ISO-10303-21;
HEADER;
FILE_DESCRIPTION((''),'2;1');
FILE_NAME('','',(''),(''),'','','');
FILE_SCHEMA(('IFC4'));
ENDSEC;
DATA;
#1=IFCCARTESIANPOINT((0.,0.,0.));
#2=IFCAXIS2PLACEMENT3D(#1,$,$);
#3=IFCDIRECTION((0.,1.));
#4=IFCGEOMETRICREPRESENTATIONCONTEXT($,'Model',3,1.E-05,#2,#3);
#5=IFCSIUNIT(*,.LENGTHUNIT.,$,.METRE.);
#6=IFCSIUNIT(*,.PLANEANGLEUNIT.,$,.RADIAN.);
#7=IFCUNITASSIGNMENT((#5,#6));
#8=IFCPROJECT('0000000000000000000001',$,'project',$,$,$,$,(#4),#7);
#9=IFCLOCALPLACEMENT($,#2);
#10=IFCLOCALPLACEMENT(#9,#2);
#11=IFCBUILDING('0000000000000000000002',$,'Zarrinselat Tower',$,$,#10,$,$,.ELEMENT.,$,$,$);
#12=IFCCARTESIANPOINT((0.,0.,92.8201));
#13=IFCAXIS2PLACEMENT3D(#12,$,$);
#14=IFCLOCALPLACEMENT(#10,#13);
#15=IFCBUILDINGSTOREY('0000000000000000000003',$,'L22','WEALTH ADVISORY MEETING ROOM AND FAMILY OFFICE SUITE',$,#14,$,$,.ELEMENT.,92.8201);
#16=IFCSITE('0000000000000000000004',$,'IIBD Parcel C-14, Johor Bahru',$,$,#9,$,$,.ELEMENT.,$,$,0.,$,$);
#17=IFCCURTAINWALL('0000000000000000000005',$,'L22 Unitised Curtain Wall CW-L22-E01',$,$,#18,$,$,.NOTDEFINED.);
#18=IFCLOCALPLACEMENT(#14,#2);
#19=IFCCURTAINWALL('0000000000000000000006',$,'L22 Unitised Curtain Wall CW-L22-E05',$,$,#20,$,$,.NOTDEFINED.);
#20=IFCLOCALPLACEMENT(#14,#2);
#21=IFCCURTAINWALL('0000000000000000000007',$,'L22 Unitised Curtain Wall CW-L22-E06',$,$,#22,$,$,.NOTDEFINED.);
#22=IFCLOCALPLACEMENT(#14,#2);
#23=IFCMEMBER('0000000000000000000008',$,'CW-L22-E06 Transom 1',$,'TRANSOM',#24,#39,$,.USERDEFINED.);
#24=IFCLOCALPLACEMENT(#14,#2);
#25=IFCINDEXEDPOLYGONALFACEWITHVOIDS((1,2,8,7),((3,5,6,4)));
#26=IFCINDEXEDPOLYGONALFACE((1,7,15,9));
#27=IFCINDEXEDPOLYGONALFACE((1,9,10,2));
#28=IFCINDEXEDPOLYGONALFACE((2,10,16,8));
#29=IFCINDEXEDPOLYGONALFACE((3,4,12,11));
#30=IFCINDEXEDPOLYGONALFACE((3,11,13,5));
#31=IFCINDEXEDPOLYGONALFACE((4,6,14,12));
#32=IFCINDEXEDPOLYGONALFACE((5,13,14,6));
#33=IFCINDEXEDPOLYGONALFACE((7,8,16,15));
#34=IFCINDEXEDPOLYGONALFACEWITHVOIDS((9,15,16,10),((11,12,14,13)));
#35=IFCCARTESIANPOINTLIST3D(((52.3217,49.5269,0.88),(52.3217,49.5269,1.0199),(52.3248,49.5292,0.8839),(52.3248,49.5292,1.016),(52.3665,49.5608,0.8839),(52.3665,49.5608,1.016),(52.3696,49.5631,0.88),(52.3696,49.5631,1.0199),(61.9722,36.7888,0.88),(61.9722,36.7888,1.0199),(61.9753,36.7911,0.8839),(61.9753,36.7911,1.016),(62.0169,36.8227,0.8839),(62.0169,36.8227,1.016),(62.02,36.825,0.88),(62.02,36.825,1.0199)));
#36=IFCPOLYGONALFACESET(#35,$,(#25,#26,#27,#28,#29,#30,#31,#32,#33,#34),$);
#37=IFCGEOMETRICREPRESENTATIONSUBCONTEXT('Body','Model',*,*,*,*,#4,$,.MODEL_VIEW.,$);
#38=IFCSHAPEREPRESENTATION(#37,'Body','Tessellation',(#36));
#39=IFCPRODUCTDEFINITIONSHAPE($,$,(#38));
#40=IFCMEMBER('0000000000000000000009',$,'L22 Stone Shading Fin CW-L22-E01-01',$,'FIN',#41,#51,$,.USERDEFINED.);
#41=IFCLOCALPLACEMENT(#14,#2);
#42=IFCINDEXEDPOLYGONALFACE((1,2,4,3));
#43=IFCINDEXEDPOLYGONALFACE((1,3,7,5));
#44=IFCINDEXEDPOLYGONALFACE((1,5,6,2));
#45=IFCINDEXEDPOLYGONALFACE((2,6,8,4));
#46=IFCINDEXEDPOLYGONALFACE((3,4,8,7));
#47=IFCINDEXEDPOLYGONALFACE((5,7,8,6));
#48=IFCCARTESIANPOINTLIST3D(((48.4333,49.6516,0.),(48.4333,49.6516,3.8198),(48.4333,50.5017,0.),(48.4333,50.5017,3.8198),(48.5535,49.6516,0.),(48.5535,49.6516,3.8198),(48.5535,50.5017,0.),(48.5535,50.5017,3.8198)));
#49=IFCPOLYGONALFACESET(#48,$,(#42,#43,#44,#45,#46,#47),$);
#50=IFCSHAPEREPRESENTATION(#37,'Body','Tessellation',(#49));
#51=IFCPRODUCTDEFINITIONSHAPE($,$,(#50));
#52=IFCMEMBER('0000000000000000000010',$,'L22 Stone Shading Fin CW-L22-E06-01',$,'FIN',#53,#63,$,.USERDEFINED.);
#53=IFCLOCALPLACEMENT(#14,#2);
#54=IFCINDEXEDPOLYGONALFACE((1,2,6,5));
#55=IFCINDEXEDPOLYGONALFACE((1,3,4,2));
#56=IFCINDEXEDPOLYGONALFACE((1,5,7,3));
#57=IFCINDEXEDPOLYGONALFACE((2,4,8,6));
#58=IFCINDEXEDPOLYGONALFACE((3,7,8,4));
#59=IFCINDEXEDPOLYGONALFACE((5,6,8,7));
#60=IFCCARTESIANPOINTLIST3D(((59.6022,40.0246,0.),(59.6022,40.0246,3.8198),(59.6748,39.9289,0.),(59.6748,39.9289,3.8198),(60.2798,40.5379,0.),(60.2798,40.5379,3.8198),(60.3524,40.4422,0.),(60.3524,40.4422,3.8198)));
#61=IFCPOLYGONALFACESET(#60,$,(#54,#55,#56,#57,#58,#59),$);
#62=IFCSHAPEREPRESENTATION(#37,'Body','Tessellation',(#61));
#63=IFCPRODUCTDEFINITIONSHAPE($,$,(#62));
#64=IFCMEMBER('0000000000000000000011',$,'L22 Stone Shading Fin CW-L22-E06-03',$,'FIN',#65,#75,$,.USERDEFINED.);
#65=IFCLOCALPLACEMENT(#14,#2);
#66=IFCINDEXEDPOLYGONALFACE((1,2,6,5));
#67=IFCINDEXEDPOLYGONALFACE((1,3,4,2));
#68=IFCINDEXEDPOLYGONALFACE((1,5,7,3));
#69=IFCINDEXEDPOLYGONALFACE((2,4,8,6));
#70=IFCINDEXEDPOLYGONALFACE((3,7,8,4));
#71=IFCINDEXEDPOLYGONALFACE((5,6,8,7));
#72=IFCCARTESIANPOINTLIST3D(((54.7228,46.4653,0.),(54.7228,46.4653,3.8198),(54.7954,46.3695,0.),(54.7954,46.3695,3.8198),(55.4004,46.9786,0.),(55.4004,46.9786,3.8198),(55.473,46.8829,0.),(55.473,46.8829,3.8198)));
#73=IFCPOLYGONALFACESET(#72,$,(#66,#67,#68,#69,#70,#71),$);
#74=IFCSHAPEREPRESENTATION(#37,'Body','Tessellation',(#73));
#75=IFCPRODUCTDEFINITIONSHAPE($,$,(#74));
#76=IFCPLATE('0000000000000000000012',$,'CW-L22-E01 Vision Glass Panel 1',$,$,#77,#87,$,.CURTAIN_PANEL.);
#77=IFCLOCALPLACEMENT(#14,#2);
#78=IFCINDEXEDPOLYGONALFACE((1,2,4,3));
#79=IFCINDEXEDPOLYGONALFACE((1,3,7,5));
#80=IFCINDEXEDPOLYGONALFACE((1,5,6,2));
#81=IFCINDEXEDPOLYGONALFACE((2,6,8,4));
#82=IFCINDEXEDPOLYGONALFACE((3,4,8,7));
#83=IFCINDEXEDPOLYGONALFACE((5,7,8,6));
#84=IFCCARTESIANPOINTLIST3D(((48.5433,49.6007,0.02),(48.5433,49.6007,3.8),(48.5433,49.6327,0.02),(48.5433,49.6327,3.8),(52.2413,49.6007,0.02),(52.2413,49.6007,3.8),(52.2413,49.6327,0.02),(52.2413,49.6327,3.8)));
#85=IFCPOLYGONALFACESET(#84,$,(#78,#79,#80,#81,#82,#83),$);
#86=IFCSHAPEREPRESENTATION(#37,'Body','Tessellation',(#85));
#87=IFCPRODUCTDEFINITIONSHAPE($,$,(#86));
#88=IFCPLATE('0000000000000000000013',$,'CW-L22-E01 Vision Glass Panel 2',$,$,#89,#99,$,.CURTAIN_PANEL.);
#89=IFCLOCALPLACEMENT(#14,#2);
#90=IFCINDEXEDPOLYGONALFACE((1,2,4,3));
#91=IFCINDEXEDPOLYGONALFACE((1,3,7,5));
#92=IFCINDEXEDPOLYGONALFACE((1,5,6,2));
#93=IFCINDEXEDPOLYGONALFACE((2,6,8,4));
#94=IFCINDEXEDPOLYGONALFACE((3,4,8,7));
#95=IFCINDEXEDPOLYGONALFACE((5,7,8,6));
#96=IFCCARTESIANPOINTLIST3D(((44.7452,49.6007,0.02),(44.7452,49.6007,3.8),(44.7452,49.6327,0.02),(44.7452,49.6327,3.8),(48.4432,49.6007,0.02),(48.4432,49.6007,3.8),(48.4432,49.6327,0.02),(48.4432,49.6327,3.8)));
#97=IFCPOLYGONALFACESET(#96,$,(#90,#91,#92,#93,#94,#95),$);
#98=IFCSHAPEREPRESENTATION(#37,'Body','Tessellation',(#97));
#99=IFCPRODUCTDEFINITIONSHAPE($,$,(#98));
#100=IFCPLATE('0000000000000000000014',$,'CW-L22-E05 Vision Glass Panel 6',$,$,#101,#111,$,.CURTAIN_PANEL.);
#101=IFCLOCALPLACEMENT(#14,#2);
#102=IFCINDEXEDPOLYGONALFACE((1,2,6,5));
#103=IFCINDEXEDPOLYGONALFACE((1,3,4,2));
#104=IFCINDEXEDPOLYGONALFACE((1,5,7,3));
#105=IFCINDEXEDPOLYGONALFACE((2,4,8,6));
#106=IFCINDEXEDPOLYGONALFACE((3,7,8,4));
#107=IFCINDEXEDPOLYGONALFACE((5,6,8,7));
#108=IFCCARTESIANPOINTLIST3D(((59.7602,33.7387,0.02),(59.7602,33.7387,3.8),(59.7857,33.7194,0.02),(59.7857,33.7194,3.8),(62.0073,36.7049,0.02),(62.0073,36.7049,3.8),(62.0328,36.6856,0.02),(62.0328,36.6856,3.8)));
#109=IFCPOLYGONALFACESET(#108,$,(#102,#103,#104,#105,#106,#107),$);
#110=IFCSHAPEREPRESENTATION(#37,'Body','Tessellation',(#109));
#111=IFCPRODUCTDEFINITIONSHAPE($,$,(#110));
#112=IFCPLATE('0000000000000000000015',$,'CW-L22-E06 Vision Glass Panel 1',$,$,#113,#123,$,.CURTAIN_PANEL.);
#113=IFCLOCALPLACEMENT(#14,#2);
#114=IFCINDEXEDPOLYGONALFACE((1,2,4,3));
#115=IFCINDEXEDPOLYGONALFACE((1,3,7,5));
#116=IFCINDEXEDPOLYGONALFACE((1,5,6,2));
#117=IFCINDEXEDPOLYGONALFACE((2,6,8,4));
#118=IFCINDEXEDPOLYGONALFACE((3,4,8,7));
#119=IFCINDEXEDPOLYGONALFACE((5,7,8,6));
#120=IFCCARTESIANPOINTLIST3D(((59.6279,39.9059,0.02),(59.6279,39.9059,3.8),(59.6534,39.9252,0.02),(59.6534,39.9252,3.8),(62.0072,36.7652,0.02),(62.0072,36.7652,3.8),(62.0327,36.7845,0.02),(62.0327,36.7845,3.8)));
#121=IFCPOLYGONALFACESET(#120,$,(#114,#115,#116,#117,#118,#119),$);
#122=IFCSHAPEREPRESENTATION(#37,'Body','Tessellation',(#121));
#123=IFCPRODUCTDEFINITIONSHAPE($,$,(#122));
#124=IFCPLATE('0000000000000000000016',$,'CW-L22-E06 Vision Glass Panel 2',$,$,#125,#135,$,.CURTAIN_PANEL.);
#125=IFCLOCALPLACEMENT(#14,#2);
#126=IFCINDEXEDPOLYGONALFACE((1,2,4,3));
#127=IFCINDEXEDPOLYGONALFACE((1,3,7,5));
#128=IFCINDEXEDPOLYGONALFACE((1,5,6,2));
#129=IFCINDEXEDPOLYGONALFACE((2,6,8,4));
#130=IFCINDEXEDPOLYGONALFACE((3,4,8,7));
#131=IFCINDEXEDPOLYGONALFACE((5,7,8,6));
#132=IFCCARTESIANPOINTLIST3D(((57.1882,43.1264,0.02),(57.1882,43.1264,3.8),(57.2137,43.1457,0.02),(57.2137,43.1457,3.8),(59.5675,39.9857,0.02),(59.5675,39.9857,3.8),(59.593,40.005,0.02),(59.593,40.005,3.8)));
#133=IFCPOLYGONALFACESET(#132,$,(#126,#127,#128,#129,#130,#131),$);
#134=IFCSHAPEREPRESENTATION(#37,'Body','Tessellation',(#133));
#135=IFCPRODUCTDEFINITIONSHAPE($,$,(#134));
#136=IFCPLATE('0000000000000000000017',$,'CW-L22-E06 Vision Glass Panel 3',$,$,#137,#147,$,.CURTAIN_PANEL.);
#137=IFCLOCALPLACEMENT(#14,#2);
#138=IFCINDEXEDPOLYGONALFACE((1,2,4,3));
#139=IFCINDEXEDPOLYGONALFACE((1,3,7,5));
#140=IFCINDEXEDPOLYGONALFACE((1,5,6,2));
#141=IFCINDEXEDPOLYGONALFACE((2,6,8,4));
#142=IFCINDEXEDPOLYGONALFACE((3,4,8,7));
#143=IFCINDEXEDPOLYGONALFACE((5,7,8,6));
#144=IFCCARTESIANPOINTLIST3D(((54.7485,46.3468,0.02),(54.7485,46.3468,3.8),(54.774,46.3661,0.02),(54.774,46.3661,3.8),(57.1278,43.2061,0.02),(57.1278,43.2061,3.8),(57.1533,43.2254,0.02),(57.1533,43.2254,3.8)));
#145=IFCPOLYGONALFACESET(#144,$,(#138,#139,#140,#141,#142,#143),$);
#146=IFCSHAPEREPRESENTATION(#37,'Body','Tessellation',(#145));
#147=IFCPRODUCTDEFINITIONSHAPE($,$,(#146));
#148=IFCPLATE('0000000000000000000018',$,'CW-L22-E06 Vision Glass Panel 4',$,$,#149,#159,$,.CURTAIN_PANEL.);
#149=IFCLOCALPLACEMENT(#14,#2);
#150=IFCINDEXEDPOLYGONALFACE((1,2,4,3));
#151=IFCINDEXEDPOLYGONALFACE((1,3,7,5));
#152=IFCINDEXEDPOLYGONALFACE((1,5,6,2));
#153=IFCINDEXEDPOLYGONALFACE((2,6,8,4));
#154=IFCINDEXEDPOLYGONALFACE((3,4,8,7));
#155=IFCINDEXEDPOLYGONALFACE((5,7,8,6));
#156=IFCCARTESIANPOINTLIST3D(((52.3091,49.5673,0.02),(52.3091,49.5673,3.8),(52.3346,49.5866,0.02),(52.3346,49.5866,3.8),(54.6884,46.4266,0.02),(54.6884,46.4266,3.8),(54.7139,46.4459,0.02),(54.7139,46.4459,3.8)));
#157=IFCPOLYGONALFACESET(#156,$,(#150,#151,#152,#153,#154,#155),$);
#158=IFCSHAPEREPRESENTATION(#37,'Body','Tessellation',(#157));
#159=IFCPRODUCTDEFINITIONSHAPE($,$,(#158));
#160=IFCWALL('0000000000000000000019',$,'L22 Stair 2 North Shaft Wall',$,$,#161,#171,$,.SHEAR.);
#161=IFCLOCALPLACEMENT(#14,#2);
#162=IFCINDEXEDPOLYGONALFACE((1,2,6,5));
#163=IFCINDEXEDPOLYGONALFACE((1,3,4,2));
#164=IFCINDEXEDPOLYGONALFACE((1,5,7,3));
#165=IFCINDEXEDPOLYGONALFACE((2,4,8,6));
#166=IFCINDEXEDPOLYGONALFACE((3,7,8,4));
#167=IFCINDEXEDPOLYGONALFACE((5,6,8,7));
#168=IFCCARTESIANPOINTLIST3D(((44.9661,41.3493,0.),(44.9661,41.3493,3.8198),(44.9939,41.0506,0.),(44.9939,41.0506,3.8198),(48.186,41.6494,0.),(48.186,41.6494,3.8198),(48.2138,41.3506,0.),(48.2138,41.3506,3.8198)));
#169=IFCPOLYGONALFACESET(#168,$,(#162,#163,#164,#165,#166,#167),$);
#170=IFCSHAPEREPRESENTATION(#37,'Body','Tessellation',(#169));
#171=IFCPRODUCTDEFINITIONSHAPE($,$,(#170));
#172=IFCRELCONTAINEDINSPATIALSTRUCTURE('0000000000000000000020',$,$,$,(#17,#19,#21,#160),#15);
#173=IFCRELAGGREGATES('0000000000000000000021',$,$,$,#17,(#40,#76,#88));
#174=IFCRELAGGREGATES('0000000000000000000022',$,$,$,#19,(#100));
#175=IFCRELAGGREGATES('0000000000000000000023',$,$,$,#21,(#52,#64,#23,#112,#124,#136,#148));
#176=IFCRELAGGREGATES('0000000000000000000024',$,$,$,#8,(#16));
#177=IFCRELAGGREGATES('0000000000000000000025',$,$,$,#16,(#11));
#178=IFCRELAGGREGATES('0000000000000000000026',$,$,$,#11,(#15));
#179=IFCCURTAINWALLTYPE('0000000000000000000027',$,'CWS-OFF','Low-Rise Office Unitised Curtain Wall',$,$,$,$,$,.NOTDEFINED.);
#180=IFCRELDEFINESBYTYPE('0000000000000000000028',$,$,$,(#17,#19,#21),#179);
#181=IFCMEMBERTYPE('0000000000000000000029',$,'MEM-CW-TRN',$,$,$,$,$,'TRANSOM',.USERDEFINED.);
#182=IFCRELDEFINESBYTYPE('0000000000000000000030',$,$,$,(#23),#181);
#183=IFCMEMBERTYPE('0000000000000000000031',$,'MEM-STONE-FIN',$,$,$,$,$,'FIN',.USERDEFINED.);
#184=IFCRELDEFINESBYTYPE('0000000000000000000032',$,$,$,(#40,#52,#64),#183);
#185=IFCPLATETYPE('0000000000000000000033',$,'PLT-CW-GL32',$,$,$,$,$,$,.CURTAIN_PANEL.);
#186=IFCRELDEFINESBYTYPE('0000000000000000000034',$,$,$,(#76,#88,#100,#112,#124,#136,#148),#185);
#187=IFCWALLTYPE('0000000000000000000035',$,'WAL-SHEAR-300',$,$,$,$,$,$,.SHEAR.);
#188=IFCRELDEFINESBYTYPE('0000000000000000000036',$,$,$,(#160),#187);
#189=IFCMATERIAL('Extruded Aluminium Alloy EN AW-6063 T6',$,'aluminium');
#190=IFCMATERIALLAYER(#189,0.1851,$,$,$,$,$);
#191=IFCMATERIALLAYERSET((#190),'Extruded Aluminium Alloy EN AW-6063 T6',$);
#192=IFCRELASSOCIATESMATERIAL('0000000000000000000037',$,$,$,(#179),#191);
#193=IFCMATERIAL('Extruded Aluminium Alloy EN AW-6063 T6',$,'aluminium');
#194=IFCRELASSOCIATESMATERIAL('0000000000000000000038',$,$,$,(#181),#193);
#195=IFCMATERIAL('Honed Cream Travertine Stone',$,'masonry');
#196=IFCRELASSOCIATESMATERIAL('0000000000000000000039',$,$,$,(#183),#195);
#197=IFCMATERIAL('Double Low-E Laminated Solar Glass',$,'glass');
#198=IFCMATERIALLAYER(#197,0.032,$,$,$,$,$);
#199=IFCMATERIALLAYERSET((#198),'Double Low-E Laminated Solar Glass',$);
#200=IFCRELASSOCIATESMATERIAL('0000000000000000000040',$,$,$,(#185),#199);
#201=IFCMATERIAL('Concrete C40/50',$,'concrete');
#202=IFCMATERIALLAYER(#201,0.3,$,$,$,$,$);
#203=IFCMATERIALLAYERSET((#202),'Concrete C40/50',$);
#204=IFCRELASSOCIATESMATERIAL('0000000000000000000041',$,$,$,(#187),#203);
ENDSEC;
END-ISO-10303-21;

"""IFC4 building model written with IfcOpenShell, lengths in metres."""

from ifc_helpers import new_model, si_unit, direction, frame, frame_2d, origin, origin_2d, place, context, subcontext, project, spatial, rectangle, hollow_rectangle, extrude, material, layer, layer_set, material_profile, profile_set, type_object, element, aggregate, save


model = new_model("IFC4")

# Units and contexts
model_context = context("Model", 3, precision=1e-05, world=origin(), true_north=direction((0.0, 1.0)))
body_context = subcontext(model_context, "Body", "Model", "MODEL_VIEW")
ifc_project = project(units=[si_unit("LENGTHUNIT", "METRE"), si_unit("PLANEANGLEUNIT", "RADIAN")], contexts=[model_context])

# Site, building, storey
site_placement = place(None, origin())
site = spatial("IfcSite", under=ifc_project, at=site_placement, Name="IIBD Parcel C-14, Johor Bahru", CompositionType="ELEMENT", RefElevation=0.0)
building_placement = place(site_placement, origin())
building = spatial("IfcBuilding", under=site, at=building_placement, Name="Zarrinselat Tower", CompositionType="ELEMENT")
storey_placement = place(building_placement, frame((0.0, 0.0, 92.8201)))
storey = spatial("IfcBuildingStorey", under=building, at=storey_placement, Name="L22", Description="WEALTH ADVISORY MEETING ROOM AND FAMILY OFFICE SUITE", CompositionType="ELEMENT", Elevation=92.8201)

# Curtain wall
ifc_material_1 = material(Name="Extruded Aluminium Alloy EN AW-6063 T6", Category="aluminium")
ifc_layer_1 = layer(ifc_material_1, 0.1851)
ifc_layer_set_1 = layer_set([ifc_layer_1], Name="Extruded Aluminium Alloy EN AW-6063 T6")
curtain_wall_type = type_object("IfcCurtainWallType", Name="CWS-OFF", Description="Low-Rise Office Unitised Curtain Wall", PredefinedType="NOTDEFINED", material=ifc_layer_set_1)
curtain_wall_1_placement = place(storey_placement, origin())
curtain_wall_1 = element("IfcCurtainWall", 1, at=curtain_wall_1_placement, inside=storey, type_object=curtain_wall_type, Name="L22 Unitised Curtain Wall CW-L22-E01", PredefinedType="NOTDEFINED")

# Curtain wall
curtain_wall_2_placement = place(storey_placement, origin())
curtain_wall_2 = element("IfcCurtainWall", 2, at=curtain_wall_2_placement, inside=storey, type_object=curtain_wall_type, Name="L22 Unitised Curtain Wall CW-L22-E05", PredefinedType="NOTDEFINED")

# Curtain wall
curtain_wall_3_placement = place(storey_placement, origin())
curtain_wall_3 = element("IfcCurtainWall", 3, at=curtain_wall_3_placement, inside=storey, type_object=curtain_wall_type, Name="L22 Unitised Curtain Wall CW-L22-E06", PredefinedType="NOTDEFINED")

# Members
ifc_material_2 = material(Name="Extruded Aluminium Alloy EN AW-6063 T6", Category="aluminium")
ifc_material_profile_1 = material_profile(ifc_material_2, hollow_rectangle(XDim=0.0601, YDim=0.1399, WallThickness=0.0039, at=origin_2d()), Name="RHS 140x60x4")
ifc_profile_set_1 = profile_set([ifc_material_profile_1], Name="Extruded Aluminium Alloy EN AW-6063 T6")
member_type_1 = type_object("IfcMemberType", Name="MEM-CW-TRN", ElementType="TRANSOM", PredefinedType="USERDEFINED", material=ifc_profile_set_1)
member_1_placement = place(storey_placement, frame((61.9961, 36.8069, 0.95), z_axis=(-0.603872, 0.797081, 0.0), x_axis=(-0.797081, -0.603872, 0.0)))
member_1 = element("IfcMember", 4, at=member_1_placement, type_object=member_type_1, Name="CW-L22-E06 Transom 1", ObjectType="TRANSOM", PredefinedType="USERDEFINED", context=body_context, shape_type="SweptSolid", body=[
    extrude(hollow_rectangle(XDim=0.0601, YDim=0.1399, WallThickness=0.0039, at=origin_2d()), origin(), (0.0, 0.0, 1.0), 15.981),
])
ifc_material_3 = material(Name="Honed Cream Travertine Stone", Category="masonry")
ifc_material_profile_2 = material_profile(ifc_material_3, rectangle(XDim=0.1201, YDim=0.8501, at=origin_2d()), Name="FIN 850x120")
ifc_profile_set_2 = profile_set([ifc_material_profile_2], Name="Honed Cream Travertine Stone")
member_type_2 = type_object("IfcMemberType", Name="MEM-STONE-FIN", ElementType="FIN", PredefinedType="USERDEFINED", material=ifc_profile_set_2)
member_2_placement = place(storey_placement, frame((48.4934, 50.0767, 0.0), z_axis=(0.0, 0.0, 1.0), x_axis=(1.0, 0.0, 0.0)))
member_2 = element("IfcMember", 5, at=member_2_placement, type_object=member_type_2, Name="L22 Stone Shading Fin CW-L22-E01-01", ObjectType="FIN", PredefinedType="USERDEFINED", context=body_context, shape_type="SweptSolid", body=[
    extrude(rectangle(XDim=0.1201, YDim=0.8501, at=origin_2d()), origin(), (0.0, 0.0, 1.0), 3.8198),
])
member_3_placement = place(storey_placement, frame((59.9773, 40.2334, 0.0), z_axis=(0.0, 0.0, 1.0), x_axis=(0.603858, -0.797092, 0.0)))
member_3 = element("IfcMember", 6, at=member_3_placement, type_object=member_type_2, Name="L22 Stone Shading Fin CW-L22-E06-01", ObjectType="FIN", PredefinedType="USERDEFINED", context=body_context, shape_type="SweptSolid", body=[
    extrude(rectangle(XDim=0.1201, YDim=0.8501, at=origin_2d()), origin(), (0.0, 0.0, 1.0), 3.8198),
])
member_4_placement = place(storey_placement, frame((55.0979, 46.6741, 0.0), z_axis=(0.0, 0.0, 1.0), x_axis=(0.603858, -0.797092, 0.0)))
member_4 = element("IfcMember", 7, at=member_4_placement, type_object=member_type_2, Name="L22 Stone Shading Fin CW-L22-E06-03", ObjectType="FIN", PredefinedType="USERDEFINED", context=body_context, shape_type="SweptSolid", body=[
    extrude(rectangle(XDim=0.1201, YDim=0.8501, at=origin_2d()), origin(), (0.0, 0.0, 1.0), 3.8198),
])

# Plates
ifc_material_4 = material(Name="Double Low-E Laminated Solar Glass", Category="glass")
ifc_layer_2 = layer(ifc_material_4, 0.032)
ifc_layer_set_2 = layer_set([ifc_layer_2], Name="Double Low-E Laminated Solar Glass")
plate_type = type_object("IfcPlateType", Name="PLT-CW-GL32", PredefinedType="CURTAIN_PANEL", material=ifc_layer_set_2)
plate_1_placement = place(storey_placement, frame((50.3923, 49.6167, 0.02), z_axis=(0.0, 0.0, 1.0), x_axis=(-1.0, 0.0, 0.0)))
plate_1 = element("IfcPlate", 8, at=plate_1_placement, type_object=plate_type, Name="CW-L22-E01 Vision Glass Panel 1", PredefinedType="CURTAIN_PANEL", context=body_context, shape_type="SweptSolid", body=[
    extrude(rectangle(XDim=3.698, YDim=0.032, at=origin_2d()), origin(), (0.0, 0.0, 1.0), 3.78),
])
plate_2_placement = place(storey_placement, frame((46.5942, 49.6167, 0.02), z_axis=(0.0, 0.0, 1.0), x_axis=(-1.0, 0.0, 0.0)))
plate_2 = element("IfcPlate", 9, at=plate_2_placement, type_object=plate_type, Name="CW-L22-E01 Vision Glass Panel 2", PredefinedType="CURTAIN_PANEL", context=body_context, shape_type="SweptSolid", body=[
    extrude(rectangle(XDim=3.698, YDim=0.032, at=origin_2d()), origin(), (0.0, 0.0, 1.0), 3.78),
])
aggregate(curtain_wall_1, [member_2, plate_1, plate_2])
plate_3_placement = place(storey_placement, frame((60.8965, 35.2122, 0.02), z_axis=(0.0, 0.0, 1.0), x_axis=(0.603856, 0.797094, 0.0)))
plate_3 = element("IfcPlate", 10, at=plate_3_placement, type_object=plate_type, Name="CW-L22-E05 Vision Glass Panel 6", PredefinedType="CURTAIN_PANEL", context=body_context, shape_type="SweptSolid", body=[
    extrude(rectangle(XDim=3.7212, YDim=0.032, at=origin_2d()), origin(), (0.0, 0.0, 1.0), 3.78),
])
aggregate(curtain_wall_2, [plate_3])
plate_4_placement = place(storey_placement, frame((60.8303, 38.3452, 0.02), z_axis=(0.0, 0.0, 1.0), x_axis=(-0.603858, 0.797092, 0.0)))
plate_4 = element("IfcPlate", 11, at=plate_4_placement, type_object=plate_type, Name="CW-L22-E06 Vision Glass Panel 1", PredefinedType="CURTAIN_PANEL", context=body_context, shape_type="SweptSolid", body=[
    extrude(rectangle(XDim=3.9402, YDim=0.032, at=origin_2d()), origin(), (0.0, 0.0, 1.0), 3.78),
])
plate_5_placement = place(storey_placement, frame((58.3906, 41.5657, 0.02), z_axis=(0.0, 0.0, 1.0), x_axis=(-0.603858, 0.797092, 0.0)))
plate_5 = element("IfcPlate", 12, at=plate_5_placement, type_object=plate_type, Name="CW-L22-E06 Vision Glass Panel 2", PredefinedType="CURTAIN_PANEL", context=body_context, shape_type="SweptSolid", body=[
    extrude(rectangle(XDim=3.9402, YDim=0.032, at=origin_2d()), origin(), (0.0, 0.0, 1.0), 3.78),
])
plate_6_placement = place(storey_placement, frame((55.9509, 44.7861, 0.02), z_axis=(0.0, 0.0, 1.0), x_axis=(-0.603858, 0.797092, 0.0)))
plate_6 = element("IfcPlate", 13, at=plate_6_placement, type_object=plate_type, Name="CW-L22-E06 Vision Glass Panel 3", PredefinedType="CURTAIN_PANEL", context=body_context, shape_type="SweptSolid", body=[
    extrude(rectangle(XDim=3.9402, YDim=0.032, at=origin_2d()), origin(), (0.0, 0.0, 1.0), 3.78),
])
plate_7_placement = place(storey_placement, frame((53.5115, 48.0066, 0.02), z_axis=(0.0, 0.0, 1.0), x_axis=(-0.603858, 0.797092, 0.0)))
plate_7 = element("IfcPlate", 14, at=plate_7_placement, type_object=plate_type, Name="CW-L22-E06 Vision Glass Panel 4", PredefinedType="CURTAIN_PANEL", context=body_context, shape_type="SweptSolid", body=[
    extrude(rectangle(XDim=3.9402, YDim=0.032, at=origin_2d()), origin(), (0.0, 0.0, 1.0), 3.78),
])
aggregate(curtain_wall_3, [member_3, member_4, member_1, plate_4, plate_5, plate_6, plate_7])

# Wall
ifc_material_5 = material(Name="Concrete C40/50", Category="concrete")
ifc_layer_3 = layer(ifc_material_5, 0.3)
ifc_layer_set_3 = layer_set([ifc_layer_3], Name="Concrete C40/50")
wall_type = type_object("IfcWallType", Name="WAL-SHEAR-300", PredefinedType="SHEAR", material=ifc_layer_set_3)
wall_placement = place(storey_placement, frame((44.98, 41.2, 0.0), z_axis=(0.0, 0.0, 1.0), x_axis=(0.995686, 0.092782, 0.0)))
element("IfcWall", 15, at=wall_placement, inside=storey, type_object=wall_type, Name="L22 Stair 2 North Shaft Wall", PredefinedType="SHEAR", context=body_context, shape_type="SweptSolid", body=[
    extrude(rectangle(XDim=3.2339, YDim=0.3, at=frame_2d((1.6169, 0.0))), origin(), (0.0, 0.0, 1.0), 3.8198),
])

save(model, "model.ifc")
